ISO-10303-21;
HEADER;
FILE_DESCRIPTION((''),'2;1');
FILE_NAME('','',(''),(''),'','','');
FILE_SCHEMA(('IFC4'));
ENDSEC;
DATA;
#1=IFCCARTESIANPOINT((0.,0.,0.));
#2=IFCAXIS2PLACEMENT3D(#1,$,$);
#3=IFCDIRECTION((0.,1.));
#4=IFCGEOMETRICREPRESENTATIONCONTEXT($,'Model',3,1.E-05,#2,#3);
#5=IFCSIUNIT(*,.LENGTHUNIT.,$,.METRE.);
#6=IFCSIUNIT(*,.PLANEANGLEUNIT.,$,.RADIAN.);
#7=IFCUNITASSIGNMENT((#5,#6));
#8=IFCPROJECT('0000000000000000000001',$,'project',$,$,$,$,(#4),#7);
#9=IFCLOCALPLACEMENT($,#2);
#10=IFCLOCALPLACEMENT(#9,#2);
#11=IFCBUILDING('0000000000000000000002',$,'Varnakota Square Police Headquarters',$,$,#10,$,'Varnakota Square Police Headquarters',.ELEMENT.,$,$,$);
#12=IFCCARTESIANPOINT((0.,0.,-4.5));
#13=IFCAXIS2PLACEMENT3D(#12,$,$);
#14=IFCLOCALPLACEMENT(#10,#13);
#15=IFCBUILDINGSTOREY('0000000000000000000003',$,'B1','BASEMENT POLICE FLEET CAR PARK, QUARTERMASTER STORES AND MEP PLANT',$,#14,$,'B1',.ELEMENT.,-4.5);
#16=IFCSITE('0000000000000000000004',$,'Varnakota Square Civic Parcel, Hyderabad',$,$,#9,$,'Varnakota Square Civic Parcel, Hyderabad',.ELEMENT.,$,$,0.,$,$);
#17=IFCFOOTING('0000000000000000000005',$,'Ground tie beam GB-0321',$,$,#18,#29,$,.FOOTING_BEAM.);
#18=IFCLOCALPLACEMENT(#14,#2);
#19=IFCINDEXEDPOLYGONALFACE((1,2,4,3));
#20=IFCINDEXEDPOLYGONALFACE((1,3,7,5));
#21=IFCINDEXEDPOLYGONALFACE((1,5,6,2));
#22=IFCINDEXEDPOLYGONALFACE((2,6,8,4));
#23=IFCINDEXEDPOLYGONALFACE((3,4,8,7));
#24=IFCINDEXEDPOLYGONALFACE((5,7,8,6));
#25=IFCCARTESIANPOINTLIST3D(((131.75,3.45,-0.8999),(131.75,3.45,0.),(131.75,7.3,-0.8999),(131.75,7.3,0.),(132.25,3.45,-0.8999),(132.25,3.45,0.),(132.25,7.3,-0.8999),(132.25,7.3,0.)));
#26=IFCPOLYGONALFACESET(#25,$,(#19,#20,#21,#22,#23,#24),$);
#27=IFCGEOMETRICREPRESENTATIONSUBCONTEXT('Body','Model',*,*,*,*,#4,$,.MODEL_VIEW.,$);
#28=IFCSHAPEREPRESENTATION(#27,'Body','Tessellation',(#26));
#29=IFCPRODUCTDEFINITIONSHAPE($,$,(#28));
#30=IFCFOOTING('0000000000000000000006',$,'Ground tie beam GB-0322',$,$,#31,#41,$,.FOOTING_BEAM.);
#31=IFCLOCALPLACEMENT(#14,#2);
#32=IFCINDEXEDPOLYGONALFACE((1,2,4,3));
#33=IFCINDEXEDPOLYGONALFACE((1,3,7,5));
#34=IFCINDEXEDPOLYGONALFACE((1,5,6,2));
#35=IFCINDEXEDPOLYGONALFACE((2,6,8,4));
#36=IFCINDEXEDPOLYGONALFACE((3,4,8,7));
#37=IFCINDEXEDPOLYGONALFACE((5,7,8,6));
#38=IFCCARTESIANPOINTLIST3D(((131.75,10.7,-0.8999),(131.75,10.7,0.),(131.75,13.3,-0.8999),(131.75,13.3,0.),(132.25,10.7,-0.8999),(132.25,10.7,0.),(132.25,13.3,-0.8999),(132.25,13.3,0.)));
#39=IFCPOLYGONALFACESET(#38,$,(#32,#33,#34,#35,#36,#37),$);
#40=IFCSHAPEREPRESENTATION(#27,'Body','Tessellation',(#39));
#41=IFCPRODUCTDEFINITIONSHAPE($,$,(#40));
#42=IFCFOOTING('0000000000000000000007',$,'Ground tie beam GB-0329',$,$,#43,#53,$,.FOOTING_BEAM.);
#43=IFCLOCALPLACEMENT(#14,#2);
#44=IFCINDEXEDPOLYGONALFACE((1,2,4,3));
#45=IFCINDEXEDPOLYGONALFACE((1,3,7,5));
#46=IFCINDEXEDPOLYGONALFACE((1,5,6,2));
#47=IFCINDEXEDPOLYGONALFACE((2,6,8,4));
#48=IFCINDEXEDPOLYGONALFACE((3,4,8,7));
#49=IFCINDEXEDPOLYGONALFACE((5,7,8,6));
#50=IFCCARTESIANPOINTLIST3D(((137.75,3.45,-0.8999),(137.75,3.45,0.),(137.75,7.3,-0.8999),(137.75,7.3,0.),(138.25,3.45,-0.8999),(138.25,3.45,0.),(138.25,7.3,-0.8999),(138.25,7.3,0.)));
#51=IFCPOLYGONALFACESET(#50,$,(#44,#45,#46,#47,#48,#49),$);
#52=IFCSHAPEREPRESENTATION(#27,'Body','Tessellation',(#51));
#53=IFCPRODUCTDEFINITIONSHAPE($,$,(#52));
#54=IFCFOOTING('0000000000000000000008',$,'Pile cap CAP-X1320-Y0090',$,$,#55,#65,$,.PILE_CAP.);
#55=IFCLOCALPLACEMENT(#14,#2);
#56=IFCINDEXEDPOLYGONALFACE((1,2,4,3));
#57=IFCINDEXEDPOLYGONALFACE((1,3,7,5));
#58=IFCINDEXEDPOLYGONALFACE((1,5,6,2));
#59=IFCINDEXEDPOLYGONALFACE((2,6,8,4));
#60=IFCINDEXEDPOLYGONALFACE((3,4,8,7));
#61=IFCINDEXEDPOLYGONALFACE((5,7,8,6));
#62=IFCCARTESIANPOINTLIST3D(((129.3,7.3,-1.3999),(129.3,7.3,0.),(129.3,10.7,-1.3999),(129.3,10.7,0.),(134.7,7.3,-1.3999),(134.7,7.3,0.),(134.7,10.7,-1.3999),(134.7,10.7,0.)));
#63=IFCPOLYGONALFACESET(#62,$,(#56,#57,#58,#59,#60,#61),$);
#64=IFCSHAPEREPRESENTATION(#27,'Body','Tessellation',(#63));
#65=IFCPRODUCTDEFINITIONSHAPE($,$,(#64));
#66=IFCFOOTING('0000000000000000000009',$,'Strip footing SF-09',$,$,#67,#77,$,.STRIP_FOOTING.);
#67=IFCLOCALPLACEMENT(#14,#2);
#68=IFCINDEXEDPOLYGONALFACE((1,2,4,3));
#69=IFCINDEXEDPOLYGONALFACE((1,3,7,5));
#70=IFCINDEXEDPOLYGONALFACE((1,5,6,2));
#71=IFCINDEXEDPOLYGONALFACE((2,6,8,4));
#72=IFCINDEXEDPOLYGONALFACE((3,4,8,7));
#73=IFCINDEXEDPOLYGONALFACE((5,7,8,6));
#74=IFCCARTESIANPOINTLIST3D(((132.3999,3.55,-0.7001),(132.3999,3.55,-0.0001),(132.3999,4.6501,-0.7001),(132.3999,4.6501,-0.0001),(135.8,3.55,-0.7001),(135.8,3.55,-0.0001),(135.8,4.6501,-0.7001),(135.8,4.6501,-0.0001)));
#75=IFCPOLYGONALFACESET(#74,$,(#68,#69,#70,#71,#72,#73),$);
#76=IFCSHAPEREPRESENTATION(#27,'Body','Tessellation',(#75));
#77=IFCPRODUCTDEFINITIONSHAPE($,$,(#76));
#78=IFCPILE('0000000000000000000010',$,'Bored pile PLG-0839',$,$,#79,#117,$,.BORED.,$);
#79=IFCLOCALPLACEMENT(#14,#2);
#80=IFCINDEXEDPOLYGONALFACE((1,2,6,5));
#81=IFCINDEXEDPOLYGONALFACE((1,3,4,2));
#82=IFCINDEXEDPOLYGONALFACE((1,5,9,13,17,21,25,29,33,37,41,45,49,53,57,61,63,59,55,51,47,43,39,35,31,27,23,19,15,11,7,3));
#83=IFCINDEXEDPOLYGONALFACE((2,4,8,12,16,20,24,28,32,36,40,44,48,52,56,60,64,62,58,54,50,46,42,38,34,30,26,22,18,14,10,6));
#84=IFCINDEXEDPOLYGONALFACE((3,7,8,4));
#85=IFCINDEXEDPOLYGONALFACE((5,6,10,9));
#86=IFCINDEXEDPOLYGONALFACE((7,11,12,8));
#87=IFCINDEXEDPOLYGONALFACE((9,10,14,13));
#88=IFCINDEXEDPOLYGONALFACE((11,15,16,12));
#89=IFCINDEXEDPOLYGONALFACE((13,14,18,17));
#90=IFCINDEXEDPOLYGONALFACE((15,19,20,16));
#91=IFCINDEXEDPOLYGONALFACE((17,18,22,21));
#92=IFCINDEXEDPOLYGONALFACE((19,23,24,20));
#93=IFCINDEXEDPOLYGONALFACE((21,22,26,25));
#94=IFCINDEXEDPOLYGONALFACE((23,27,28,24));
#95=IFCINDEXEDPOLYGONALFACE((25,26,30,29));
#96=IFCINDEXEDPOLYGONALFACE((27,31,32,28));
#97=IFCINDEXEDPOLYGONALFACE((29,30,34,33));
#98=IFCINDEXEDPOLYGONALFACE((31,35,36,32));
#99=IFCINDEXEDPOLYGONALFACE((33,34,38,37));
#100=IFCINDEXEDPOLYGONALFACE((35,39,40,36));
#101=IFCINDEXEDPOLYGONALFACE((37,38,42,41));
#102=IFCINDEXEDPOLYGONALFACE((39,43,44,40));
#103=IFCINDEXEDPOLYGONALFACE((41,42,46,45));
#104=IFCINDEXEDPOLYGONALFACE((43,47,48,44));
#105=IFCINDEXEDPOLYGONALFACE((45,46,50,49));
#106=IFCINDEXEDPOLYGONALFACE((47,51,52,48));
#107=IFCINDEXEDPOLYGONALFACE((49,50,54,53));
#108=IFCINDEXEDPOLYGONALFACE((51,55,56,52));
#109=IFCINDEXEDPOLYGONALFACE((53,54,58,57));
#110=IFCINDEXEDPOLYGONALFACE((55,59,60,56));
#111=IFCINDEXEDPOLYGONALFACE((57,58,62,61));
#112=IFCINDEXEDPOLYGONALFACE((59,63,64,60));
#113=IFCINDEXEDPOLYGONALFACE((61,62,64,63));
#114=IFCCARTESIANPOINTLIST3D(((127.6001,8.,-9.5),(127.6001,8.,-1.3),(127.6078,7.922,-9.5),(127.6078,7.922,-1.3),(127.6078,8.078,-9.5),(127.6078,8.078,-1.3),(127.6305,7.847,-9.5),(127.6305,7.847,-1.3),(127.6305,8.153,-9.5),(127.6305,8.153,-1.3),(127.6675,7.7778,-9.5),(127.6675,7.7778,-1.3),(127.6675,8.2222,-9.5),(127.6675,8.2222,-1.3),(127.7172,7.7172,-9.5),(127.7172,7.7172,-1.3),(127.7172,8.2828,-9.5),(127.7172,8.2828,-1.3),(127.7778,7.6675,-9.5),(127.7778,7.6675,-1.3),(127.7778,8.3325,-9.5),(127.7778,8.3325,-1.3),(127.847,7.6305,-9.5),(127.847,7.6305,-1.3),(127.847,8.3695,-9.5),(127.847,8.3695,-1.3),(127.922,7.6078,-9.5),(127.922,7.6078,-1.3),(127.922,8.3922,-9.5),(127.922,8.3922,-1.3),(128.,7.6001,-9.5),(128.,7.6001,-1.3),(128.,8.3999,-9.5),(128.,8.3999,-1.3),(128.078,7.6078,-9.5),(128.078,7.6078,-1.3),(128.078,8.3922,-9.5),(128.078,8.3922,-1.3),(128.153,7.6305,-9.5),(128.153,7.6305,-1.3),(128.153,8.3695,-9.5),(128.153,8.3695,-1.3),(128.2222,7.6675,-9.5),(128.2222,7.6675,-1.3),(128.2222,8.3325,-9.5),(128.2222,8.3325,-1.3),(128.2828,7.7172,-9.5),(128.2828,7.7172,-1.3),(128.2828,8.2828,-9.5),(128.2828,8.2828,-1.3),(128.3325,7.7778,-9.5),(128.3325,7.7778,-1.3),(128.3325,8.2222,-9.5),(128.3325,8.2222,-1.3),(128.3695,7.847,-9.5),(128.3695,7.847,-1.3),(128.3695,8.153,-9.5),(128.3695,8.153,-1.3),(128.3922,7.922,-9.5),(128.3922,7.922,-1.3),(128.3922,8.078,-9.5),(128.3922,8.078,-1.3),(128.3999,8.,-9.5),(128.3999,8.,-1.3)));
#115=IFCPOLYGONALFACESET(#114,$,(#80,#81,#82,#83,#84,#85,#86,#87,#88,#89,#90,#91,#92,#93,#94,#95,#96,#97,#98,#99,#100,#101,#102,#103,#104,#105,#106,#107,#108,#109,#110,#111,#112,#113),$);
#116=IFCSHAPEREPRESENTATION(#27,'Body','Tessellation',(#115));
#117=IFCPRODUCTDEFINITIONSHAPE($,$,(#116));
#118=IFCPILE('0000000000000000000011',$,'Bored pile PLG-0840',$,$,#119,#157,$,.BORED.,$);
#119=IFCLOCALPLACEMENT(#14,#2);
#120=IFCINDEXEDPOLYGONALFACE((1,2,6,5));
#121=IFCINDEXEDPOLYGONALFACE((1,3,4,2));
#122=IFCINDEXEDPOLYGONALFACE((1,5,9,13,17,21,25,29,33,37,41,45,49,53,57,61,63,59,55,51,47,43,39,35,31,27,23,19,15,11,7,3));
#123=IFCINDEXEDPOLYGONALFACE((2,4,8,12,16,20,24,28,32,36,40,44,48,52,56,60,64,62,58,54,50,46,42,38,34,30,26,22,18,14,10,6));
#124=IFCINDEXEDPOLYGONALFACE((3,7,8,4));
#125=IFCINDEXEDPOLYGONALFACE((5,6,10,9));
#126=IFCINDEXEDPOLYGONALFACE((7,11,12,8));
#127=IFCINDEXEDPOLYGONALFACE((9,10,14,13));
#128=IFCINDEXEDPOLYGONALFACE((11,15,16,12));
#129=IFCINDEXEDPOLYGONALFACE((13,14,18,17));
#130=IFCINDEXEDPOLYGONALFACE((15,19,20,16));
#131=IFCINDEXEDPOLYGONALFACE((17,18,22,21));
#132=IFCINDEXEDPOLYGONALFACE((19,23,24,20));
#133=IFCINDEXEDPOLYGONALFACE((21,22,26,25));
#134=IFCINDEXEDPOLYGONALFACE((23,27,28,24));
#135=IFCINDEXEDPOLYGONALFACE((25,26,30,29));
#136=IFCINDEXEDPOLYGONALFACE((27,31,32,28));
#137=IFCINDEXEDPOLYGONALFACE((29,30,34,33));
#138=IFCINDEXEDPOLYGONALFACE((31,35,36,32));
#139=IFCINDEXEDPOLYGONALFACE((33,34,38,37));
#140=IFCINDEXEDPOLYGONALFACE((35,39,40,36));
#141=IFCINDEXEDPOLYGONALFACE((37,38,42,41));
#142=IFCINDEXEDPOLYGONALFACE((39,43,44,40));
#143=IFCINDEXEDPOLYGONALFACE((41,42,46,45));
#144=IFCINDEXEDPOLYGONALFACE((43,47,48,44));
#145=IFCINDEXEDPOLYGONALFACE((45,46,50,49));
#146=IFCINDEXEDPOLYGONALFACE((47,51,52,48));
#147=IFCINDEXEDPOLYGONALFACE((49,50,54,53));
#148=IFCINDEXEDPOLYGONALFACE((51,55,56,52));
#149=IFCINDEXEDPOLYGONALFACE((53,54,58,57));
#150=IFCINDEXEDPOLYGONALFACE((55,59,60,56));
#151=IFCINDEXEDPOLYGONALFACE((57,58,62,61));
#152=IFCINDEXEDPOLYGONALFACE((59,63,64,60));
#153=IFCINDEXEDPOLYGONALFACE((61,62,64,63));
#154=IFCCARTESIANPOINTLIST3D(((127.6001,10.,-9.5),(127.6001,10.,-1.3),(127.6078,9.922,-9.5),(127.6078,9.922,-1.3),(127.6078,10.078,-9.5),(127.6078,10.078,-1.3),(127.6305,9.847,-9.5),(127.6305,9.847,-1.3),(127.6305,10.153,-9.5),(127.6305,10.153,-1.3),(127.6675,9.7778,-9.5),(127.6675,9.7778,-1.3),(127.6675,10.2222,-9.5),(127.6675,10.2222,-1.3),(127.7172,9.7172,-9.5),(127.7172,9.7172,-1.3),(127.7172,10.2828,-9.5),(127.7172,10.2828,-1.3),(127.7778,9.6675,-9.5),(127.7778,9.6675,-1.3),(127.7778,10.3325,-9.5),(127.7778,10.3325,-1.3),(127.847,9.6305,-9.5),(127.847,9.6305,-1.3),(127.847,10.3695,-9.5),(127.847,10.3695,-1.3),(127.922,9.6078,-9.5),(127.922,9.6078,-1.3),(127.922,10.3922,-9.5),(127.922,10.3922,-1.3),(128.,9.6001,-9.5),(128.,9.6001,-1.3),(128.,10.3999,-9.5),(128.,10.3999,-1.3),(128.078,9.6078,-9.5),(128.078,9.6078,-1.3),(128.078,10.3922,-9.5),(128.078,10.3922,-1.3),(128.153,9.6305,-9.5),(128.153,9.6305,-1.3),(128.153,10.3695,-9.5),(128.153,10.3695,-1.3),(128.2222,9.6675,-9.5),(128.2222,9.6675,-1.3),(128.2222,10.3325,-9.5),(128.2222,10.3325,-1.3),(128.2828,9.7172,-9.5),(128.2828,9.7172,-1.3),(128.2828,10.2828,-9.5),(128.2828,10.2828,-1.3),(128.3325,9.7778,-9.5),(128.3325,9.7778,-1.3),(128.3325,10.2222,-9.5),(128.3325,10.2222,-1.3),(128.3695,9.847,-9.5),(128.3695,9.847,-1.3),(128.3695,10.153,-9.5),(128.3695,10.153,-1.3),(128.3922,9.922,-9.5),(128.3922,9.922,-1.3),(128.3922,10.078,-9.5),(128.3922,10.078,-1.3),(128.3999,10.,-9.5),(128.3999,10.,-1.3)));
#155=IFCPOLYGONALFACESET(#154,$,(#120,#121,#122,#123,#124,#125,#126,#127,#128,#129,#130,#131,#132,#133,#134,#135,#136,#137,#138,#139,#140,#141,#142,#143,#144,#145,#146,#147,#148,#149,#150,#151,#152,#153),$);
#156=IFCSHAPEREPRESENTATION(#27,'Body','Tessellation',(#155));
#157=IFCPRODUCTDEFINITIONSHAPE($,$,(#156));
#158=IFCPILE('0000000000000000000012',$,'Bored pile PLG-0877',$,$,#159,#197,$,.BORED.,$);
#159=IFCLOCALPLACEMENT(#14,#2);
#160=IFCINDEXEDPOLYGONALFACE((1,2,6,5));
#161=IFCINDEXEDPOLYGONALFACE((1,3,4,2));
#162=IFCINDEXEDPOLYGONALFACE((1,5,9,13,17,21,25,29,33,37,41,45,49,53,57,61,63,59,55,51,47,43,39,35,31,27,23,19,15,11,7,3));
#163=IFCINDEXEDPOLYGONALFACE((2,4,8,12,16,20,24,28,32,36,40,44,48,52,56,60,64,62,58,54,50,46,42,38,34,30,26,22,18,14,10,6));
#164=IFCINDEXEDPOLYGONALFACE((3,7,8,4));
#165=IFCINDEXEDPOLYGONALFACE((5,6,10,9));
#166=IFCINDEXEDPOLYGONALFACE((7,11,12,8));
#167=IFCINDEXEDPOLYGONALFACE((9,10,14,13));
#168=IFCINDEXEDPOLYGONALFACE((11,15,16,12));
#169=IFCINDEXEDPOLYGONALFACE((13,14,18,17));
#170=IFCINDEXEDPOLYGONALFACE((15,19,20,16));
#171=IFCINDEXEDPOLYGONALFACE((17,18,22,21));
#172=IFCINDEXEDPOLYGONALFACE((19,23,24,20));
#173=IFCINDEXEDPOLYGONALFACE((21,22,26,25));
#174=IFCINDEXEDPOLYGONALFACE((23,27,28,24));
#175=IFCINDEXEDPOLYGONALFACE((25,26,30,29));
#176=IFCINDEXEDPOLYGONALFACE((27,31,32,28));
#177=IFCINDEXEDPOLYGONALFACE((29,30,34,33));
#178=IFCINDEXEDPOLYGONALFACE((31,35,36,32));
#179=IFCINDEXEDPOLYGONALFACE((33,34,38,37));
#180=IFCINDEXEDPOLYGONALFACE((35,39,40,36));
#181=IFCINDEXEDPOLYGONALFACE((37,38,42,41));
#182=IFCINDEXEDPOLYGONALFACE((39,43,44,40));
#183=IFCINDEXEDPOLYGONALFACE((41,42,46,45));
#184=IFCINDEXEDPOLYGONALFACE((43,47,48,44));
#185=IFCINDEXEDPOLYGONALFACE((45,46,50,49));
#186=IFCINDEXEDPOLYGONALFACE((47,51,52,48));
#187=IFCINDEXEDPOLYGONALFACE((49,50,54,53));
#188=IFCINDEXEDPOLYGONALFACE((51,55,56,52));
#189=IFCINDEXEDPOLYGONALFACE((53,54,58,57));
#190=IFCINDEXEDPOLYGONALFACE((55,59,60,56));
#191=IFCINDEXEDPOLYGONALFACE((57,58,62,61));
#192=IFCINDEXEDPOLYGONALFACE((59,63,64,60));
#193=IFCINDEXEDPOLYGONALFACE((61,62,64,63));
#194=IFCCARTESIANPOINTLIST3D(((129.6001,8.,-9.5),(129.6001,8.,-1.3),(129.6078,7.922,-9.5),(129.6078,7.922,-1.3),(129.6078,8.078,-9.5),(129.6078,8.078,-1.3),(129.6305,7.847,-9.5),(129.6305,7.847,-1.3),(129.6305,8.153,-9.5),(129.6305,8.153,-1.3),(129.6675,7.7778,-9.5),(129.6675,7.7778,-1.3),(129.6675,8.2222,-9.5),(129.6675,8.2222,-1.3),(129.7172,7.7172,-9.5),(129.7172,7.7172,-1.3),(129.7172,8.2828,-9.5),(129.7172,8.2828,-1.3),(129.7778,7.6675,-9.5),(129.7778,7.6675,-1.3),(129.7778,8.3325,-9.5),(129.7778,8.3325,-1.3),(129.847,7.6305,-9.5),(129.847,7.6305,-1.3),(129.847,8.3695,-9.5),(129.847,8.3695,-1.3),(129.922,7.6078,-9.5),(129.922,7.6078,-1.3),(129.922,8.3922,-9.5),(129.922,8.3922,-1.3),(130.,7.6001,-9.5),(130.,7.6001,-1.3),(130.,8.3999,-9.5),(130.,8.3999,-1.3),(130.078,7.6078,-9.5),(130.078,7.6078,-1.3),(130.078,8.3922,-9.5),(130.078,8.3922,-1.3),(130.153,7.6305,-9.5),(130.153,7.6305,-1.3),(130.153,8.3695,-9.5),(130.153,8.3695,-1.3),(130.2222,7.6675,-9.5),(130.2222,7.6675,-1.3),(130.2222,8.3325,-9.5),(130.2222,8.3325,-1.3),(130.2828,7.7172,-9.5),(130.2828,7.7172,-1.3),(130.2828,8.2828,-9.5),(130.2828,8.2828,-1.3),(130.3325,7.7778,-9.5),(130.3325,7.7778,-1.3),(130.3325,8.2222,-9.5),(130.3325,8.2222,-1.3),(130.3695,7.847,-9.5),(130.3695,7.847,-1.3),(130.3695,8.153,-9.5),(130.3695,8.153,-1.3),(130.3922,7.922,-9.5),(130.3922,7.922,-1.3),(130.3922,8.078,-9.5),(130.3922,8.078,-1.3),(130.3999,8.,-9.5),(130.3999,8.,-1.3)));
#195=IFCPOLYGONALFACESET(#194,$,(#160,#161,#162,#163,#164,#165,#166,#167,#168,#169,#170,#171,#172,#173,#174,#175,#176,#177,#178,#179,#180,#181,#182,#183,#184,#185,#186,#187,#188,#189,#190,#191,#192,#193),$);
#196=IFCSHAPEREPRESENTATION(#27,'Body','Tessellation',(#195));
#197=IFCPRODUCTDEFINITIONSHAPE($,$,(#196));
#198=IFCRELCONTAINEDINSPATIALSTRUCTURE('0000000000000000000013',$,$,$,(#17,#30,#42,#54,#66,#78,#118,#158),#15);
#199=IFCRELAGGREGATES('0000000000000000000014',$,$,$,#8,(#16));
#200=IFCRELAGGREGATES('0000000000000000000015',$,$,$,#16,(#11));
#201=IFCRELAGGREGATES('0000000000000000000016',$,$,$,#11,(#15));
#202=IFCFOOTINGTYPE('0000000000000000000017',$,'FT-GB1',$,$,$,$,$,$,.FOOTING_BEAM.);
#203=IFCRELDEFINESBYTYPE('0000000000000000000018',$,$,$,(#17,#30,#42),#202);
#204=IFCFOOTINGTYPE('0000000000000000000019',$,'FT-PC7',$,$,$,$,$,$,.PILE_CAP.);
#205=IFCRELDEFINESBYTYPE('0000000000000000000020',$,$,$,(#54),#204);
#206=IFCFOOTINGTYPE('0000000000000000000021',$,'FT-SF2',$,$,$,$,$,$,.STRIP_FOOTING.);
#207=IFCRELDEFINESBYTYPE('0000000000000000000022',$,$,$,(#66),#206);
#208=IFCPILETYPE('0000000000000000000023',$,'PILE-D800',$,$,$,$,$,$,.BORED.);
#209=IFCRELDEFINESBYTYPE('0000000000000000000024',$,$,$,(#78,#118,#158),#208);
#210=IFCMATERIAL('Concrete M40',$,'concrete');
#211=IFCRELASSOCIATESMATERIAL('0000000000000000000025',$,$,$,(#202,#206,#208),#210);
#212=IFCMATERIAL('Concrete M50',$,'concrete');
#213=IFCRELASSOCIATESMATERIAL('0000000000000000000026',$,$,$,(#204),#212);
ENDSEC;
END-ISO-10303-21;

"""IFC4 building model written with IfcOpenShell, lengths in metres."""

from ifc_helpers import new_model, si_unit, direction, frame, origin, origin_2d, place, context, subcontext, project, spatial, rectangle, circle, extrude, material, material_profile, profile_set, type_object, element, save


model = new_model("IFC4")

# Units and contexts
model_context = context("Model", 3, precision=1e-05, world=origin(), true_north=direction((0.0, 1.0)))
body_context = subcontext(model_context, "Body", "Model", "MODEL_VIEW")
ifc_project = project(units=[si_unit("LENGTHUNIT", "METRE"), si_unit("PLANEANGLEUNIT", "RADIAN")], contexts=[model_context])

# Site, building, storey
site_placement = place(None, origin())
site = spatial("IfcSite", under=ifc_project, at=site_placement, Name="Varnakota Square Civic Parcel, Hyderabad", LongName="Varnakota Square Civic Parcel, Hyderabad", CompositionType="ELEMENT", RefElevation=0.0)
building_placement = place(site_placement, origin())
building = spatial("IfcBuilding", under=site, at=building_placement, Name="Varnakota Square Police Headquarters", LongName="Varnakota Square Police Headquarters", CompositionType="ELEMENT")
storey_placement = place(building_placement, frame((0.0, 0.0, -4.5)))
storey = spatial("IfcBuildingStorey", under=building, at=storey_placement, Name="B1", Description="BASEMENT POLICE FLEET CAR PARK, QUARTERMASTER STORES AND MEP PLANT", LongName="B1", CompositionType="ELEMENT", Elevation=-4.5)

# Footings
ifc_material_1 = material(Name="Concrete M40", Category="concrete")
ifc_material_profile_1 = material_profile(ifc_material_1, rectangle(XDim=0.5, YDim=0.8999, at=origin_2d()), Name="GB 500x900")
ifc_profile_set_1 = profile_set([ifc_material_profile_1], Name="Concrete M40")
footing_type_1 = type_object("IfcFootingType", Name="FT-GB1", PredefinedType="FOOTING_BEAM", material=ifc_profile_set_1)
footing_1_placement = place(storey_placement, frame((132.0, 3.45, -0.45), z_axis=(0.0, 1.0, 0.0), x_axis=(-1.0, 0.0, 0.0)))
element("IfcFooting", 1, at=footing_1_placement, inside=storey, type_object=footing_type_1, Name="Ground tie beam GB-0321", PredefinedType="FOOTING_BEAM", context=body_context, shape_type="SweptSolid", body=[
    extrude(rectangle(XDim=0.5, YDim=0.8999, at=origin_2d()), origin(), (0.0, 0.0, 1.0), 3.8501),
])
footing_2_placement = place(storey_placement, frame((132.0, 10.7, -0.45), z_axis=(0.0, 1.0, 0.0), x_axis=(-1.0, 0.0, 0.0)))
element("IfcFooting", 2, at=footing_2_placement, inside=storey, type_object=footing_type_1, Name="Ground tie beam GB-0322", PredefinedType="FOOTING_BEAM", context=body_context, shape_type="SweptSolid", body=[
    extrude(rectangle(XDim=0.5, YDim=0.8999, at=origin_2d()), origin(), (0.0, 0.0, 1.0), 2.6001),
])
footing_3_placement = place(storey_placement, frame((138.0, 3.45, -0.45), z_axis=(0.0, 1.0, 0.0), x_axis=(-1.0, 0.0, 0.0)))
element("IfcFooting", 3, at=footing_3_placement, inside=storey, type_object=footing_type_1, Name="Ground tie beam GB-0329", PredefinedType="FOOTING_BEAM", context=body_context, shape_type="SweptSolid", body=[
    extrude(rectangle(XDim=0.5, YDim=0.8999, at=origin_2d()), origin(), (0.0, 0.0, 1.0), 3.8501),
])
ifc_material_2 = material(Name="Concrete M50", Category="concrete")
footing_type_2 = type_object("IfcFootingType", Name="FT-PC7", PredefinedType="PILE_CAP", material=ifc_material_2)
footing_4_placement = place(storey_placement, frame((132.0, 9.0, -1.3999), z_axis=(0.0, 0.0, 1.0), x_axis=(1.0, 0.0, 0.0)))
element("IfcFooting", 4, at=footing_4_placement, inside=storey, type_object=footing_type_2, Name="Pile cap CAP-X1320-Y0090", PredefinedType="PILE_CAP", context=body_context, shape_type="SweptSolid", body=[
    extrude(rectangle(XDim=5.3999, YDim=3.3999, at=origin_2d()), origin(), (0.0, 0.0, 1.0), 1.3999),
])
ifc_material_profile_2 = material_profile(ifc_material_1, rectangle(XDim=1.1001, YDim=0.7, at=origin_2d()), Name="SF 1100x700")
ifc_profile_set_2 = profile_set([ifc_material_profile_2], Name="Concrete M40")
footing_type_3 = type_object("IfcFootingType", Name="FT-SF2", PredefinedType="STRIP_FOOTING", material=ifc_profile_set_2)
footing_5_placement = place(storey_placement, frame((132.3999, 4.1001, -0.3501), z_axis=(1.0, 0.0, 0.0), x_axis=(0.0, 1.0, 0.0)))
element("IfcFooting", 5, at=footing_5_placement, inside=storey, type_object=footing_type_3, Name="Strip footing SF-09", PredefinedType="STRIP_FOOTING", context=body_context, shape_type="SweptSolid", body=[
    extrude(rectangle(XDim=1.1001, YDim=0.7, at=origin_2d()), origin(), (0.0, 0.0, 1.0), 3.4001),
])

# Piles
ifc_material_profile_3 = material_profile(ifc_material_1, circle(Radius=0.3999, at=origin_2d()), Name="BORED PILE 800")
ifc_profile_set_3 = profile_set([ifc_material_profile_3], Name="Concrete M40")
pile_type = type_object("IfcPileType", Name="PILE-D800", PredefinedType="BORED", material=ifc_profile_set_3)
for number, where, z_axis, x_axis, name in (
    (6, (128.0, 8.0, -1.3), (0.0, 0.0, -1.0), (1.0, 0.0, 0.0), "Bored pile PLG-0839"),
    (7, (128.0, 10.0, -1.3), (0.0, 0.0, -1.0), (1.0, 0.0, 0.0), "Bored pile PLG-0840"),
    (8, (130.0, 8.0, -1.3), (0.0, 0.0, -1.0), (1.0, 0.0, 0.0), "Bored pile PLG-0877"),
):
    element("IfcPile", number, at=place(storey_placement, frame(where, z_axis=z_axis, x_axis=x_axis)), inside=storey, type_object=pile_type, Name=name, PredefinedType="BORED", context=body_context, shape_type="SweptSolid", body=[
        extrude(circle(Radius=0.3999, at=origin_2d()), origin(), (0.0, 0.0, 1.0), 8.2),
    ])

save(model, "model.ifc")
